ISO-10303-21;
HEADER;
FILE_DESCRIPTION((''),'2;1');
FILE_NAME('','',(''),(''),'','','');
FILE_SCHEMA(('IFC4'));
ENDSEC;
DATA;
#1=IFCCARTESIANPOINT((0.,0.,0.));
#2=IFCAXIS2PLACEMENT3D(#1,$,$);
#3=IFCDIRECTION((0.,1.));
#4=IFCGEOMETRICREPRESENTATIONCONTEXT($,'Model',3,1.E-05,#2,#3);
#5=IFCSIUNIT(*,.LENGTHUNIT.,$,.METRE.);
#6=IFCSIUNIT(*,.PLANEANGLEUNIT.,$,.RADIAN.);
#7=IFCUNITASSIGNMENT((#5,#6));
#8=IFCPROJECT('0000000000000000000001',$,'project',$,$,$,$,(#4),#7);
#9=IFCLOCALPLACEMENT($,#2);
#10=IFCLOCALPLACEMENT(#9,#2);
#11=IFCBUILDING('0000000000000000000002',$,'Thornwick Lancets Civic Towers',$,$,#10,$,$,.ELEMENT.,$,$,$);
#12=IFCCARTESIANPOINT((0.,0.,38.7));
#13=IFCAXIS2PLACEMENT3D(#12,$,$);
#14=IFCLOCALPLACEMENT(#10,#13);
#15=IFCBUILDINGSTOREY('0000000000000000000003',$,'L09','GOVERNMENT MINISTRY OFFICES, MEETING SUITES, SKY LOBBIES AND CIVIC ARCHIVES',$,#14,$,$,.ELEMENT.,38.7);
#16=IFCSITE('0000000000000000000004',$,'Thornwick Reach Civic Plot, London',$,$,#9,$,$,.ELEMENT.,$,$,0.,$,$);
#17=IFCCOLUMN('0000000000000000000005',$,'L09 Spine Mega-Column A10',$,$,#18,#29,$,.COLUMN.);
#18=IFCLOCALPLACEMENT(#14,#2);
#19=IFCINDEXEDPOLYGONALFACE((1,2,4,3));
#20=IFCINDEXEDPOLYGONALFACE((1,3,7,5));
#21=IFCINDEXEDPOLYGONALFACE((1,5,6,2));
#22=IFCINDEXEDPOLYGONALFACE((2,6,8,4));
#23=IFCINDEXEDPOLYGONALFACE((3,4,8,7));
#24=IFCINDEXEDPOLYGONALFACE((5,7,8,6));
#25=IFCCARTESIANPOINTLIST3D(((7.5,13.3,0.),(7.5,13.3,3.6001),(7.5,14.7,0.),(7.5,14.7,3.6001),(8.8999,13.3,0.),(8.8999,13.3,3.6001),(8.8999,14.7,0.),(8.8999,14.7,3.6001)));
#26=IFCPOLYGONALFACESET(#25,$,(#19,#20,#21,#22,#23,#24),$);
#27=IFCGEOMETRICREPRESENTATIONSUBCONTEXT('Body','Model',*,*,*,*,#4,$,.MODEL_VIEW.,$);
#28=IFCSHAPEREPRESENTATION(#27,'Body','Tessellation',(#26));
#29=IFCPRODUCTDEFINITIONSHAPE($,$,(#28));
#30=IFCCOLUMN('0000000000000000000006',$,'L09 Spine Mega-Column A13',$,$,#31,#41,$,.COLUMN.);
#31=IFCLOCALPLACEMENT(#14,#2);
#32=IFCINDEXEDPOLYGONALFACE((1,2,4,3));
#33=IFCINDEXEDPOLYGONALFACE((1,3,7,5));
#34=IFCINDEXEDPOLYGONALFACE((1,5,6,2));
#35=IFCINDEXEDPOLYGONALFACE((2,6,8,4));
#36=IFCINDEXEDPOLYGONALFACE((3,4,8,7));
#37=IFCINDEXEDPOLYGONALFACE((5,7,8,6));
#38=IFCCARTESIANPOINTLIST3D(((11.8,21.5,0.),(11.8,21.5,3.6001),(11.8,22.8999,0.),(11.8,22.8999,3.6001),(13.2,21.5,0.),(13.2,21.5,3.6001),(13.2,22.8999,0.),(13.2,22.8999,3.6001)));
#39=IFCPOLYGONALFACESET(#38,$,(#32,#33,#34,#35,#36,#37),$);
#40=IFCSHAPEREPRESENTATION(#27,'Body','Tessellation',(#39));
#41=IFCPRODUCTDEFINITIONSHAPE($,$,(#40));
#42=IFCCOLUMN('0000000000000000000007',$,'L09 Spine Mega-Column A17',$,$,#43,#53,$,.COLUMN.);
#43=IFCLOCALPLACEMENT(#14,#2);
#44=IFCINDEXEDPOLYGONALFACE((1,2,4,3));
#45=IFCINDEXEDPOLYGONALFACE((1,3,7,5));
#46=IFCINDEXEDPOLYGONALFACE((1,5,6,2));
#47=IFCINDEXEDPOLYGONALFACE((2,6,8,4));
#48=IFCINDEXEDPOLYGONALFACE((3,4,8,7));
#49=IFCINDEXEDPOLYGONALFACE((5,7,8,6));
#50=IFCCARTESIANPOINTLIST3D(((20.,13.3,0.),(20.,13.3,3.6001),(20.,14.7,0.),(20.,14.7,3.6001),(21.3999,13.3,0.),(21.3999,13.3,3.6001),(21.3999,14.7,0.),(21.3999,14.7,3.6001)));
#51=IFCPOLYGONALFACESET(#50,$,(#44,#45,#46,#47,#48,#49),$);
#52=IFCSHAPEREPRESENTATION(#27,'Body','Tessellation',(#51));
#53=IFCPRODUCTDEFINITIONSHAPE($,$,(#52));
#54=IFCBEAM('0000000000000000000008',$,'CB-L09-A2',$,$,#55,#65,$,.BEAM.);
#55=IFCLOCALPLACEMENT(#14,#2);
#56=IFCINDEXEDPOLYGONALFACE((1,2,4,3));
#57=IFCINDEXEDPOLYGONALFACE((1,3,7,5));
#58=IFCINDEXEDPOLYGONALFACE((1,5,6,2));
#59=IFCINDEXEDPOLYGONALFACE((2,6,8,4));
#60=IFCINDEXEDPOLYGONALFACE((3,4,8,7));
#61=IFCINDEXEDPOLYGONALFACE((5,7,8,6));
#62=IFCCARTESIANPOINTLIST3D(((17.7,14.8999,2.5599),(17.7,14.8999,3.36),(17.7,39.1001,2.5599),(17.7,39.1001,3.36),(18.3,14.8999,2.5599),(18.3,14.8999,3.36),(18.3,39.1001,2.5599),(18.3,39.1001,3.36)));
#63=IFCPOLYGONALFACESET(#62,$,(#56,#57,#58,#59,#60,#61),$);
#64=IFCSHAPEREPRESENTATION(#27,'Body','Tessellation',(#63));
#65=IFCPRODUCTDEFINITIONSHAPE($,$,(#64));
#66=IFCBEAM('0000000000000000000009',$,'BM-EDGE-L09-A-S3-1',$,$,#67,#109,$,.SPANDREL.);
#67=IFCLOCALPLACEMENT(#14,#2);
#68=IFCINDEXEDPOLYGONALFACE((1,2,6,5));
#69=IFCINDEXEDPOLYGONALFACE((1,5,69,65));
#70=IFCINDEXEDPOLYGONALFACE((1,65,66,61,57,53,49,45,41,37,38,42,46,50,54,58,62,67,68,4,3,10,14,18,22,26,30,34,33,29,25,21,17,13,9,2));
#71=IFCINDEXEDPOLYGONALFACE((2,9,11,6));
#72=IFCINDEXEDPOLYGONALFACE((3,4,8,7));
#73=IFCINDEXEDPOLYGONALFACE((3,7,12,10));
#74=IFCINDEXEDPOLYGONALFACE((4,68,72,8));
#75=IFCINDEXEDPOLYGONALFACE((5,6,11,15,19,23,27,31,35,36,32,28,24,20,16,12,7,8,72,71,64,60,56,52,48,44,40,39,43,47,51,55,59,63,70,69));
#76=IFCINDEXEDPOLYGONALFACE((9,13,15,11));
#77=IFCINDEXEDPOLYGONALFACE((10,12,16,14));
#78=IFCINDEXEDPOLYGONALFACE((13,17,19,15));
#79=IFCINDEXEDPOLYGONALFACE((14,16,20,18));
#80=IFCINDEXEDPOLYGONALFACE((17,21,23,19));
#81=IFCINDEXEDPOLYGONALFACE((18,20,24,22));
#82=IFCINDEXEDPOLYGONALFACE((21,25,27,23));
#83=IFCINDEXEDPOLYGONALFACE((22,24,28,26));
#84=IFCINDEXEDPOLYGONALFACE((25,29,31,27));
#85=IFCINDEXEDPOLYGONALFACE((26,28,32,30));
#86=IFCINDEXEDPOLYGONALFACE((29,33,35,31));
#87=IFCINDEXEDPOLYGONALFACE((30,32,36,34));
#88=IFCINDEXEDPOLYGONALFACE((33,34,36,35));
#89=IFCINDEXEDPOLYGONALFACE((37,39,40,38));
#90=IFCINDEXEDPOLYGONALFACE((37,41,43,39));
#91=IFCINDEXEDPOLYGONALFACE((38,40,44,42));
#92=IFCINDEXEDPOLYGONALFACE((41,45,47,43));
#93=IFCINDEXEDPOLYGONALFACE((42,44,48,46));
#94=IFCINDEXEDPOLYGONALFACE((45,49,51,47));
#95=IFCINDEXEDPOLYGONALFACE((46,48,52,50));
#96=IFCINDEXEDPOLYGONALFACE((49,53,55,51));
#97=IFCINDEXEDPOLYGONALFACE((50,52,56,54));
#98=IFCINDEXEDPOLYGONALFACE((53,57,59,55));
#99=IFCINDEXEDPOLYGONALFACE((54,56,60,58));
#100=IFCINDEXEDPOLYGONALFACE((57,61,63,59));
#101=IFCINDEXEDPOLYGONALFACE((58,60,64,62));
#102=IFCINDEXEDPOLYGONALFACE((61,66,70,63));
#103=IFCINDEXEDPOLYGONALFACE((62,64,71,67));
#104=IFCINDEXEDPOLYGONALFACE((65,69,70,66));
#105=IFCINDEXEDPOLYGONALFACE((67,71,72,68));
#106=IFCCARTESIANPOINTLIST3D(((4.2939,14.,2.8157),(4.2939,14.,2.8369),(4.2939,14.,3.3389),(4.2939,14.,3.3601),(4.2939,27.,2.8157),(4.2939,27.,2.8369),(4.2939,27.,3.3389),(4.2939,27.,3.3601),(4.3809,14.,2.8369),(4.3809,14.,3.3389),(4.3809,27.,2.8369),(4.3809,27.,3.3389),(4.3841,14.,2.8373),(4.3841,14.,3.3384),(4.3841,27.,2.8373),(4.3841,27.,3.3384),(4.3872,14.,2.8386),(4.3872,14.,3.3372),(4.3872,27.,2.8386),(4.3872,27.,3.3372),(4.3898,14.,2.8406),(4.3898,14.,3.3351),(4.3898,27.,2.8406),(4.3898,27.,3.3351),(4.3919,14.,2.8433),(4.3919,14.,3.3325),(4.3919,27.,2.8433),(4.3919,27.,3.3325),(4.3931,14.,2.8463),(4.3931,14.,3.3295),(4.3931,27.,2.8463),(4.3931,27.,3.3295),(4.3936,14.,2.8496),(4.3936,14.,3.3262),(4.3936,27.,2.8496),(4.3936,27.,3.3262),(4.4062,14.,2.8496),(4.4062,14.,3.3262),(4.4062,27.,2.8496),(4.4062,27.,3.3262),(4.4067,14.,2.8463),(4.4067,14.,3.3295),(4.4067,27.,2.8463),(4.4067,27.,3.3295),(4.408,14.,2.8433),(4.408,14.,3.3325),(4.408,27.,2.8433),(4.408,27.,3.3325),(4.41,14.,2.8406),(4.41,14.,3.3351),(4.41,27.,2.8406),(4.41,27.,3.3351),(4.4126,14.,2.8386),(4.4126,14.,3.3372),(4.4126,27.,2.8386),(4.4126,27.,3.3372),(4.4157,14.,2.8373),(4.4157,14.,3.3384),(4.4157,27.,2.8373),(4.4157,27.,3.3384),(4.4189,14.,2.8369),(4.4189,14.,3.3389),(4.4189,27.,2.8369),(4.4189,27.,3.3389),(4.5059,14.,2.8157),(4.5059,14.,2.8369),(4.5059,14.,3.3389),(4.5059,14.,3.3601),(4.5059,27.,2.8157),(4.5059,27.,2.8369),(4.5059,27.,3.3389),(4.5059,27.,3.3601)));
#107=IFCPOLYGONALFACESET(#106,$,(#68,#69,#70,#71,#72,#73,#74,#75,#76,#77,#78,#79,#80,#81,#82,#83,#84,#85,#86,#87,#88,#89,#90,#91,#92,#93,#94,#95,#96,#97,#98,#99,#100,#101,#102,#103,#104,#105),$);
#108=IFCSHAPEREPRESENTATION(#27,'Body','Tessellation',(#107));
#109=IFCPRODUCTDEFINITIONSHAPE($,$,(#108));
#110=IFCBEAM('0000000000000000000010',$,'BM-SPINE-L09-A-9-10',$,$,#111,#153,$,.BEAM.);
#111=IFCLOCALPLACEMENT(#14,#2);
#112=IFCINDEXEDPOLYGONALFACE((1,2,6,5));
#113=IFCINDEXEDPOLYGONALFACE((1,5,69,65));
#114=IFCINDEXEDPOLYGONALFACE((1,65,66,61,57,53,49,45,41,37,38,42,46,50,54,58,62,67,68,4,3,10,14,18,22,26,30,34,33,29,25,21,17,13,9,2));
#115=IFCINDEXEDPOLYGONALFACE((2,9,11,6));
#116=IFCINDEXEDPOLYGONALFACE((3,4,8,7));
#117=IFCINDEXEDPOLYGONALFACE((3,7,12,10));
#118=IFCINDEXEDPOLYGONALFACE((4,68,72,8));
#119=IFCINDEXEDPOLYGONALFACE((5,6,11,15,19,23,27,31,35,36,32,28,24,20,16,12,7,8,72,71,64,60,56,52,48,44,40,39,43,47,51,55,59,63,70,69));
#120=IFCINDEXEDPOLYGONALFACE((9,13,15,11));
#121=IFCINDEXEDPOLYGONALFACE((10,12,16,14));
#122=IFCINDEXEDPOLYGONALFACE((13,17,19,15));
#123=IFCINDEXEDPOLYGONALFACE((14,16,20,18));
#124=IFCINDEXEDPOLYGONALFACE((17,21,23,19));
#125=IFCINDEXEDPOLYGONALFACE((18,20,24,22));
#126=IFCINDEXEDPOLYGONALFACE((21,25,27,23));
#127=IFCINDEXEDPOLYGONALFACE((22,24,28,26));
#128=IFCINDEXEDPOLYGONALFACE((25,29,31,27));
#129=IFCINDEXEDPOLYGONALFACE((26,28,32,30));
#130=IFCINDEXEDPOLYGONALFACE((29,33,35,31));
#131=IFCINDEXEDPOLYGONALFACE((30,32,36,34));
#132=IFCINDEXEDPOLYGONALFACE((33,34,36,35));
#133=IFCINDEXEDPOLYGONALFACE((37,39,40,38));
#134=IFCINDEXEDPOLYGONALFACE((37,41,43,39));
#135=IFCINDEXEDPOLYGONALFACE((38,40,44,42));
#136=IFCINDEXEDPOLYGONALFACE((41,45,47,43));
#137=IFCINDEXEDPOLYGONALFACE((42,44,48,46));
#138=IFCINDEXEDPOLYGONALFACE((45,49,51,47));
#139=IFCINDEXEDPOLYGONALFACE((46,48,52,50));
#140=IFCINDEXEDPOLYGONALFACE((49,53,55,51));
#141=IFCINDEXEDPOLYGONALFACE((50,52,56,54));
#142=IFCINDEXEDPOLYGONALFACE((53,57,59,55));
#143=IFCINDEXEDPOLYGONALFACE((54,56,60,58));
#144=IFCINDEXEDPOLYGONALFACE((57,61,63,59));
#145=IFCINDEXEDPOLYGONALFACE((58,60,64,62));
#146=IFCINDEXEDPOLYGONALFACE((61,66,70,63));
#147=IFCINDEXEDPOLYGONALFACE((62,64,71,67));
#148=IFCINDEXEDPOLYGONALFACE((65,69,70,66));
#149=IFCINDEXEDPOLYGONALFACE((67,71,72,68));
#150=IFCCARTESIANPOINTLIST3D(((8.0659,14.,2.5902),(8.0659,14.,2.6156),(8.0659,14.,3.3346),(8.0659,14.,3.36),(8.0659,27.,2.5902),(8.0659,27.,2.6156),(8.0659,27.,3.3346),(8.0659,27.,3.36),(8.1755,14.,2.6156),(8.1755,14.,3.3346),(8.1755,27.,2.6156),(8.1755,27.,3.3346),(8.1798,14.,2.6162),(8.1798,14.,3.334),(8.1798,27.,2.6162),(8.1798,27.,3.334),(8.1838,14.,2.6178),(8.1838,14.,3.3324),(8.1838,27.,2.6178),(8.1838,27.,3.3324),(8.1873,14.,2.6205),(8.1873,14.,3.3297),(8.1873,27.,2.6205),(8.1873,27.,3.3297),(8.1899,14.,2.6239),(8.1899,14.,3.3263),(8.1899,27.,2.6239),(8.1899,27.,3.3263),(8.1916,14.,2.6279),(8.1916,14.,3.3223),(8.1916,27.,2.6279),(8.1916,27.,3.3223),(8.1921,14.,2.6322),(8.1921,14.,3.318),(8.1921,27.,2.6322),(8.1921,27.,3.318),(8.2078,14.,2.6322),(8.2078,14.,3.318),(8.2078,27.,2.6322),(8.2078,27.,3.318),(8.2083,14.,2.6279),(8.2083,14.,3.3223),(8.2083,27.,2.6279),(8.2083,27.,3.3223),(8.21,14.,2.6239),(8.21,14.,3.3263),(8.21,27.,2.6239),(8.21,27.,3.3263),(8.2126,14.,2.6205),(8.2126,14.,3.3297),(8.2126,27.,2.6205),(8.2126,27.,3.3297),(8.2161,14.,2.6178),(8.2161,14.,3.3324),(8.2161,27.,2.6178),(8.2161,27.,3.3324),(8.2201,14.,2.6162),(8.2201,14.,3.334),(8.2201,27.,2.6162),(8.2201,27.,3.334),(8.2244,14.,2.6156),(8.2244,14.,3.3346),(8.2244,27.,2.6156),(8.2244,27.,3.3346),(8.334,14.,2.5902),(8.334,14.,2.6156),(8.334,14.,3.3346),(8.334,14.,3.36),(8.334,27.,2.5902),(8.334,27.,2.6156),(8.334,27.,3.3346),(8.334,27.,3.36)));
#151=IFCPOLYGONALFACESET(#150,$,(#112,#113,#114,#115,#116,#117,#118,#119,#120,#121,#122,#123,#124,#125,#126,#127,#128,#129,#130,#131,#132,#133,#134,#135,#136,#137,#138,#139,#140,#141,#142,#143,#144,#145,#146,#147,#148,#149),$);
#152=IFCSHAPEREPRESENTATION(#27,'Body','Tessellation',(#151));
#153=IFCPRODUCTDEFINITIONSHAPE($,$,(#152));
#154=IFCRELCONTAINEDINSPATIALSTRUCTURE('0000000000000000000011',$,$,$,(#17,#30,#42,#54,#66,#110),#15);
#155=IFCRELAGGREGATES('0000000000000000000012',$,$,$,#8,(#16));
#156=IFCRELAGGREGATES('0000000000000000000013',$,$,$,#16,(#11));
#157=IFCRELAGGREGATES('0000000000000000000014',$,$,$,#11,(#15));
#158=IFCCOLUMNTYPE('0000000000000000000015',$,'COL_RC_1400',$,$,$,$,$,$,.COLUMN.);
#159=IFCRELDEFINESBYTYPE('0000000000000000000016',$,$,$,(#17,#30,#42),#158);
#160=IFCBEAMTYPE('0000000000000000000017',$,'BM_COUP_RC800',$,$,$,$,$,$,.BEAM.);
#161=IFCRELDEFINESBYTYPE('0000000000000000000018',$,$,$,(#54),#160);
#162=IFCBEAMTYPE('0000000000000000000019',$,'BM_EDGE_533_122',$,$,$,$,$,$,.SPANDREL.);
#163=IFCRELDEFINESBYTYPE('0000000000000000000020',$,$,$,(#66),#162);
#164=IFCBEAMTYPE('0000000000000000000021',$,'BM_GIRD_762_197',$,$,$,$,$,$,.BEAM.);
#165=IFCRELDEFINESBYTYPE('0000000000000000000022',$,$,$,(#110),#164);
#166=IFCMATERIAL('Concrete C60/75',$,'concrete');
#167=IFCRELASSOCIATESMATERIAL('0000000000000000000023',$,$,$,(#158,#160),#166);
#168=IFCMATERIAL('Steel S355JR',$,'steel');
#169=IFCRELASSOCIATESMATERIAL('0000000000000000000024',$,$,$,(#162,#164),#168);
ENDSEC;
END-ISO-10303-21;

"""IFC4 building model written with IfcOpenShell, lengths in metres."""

from ifc_helpers import new_model, si_unit, direction, frame, origin, origin_2d, place, context, subcontext, project, spatial, rectangle, i_section, extrude, material, material_profile, profile_set, type_object, element, save


model = new_model("IFC4")

# Units and contexts
model_context = context("Model", 3, precision=1e-05, world=origin(), true_north=direction((0.0, 1.0)))
body_context = subcontext(model_context, "Body", "Model", "MODEL_VIEW")
ifc_project = project(units=[si_unit("LENGTHUNIT", "METRE"), si_unit("PLANEANGLEUNIT", "RADIAN")], contexts=[model_context])

# Site, building, storey
site_placement = place(None, origin())
site = spatial("IfcSite", under=ifc_project, at=site_placement, Name="Thornwick Reach Civic Plot, London", CompositionType="ELEMENT", RefElevation=0.0)
building_placement = place(site_placement, origin())
building = spatial("IfcBuilding", under=site, at=building_placement, Name="Thornwick Lancets Civic Towers", CompositionType="ELEMENT")
storey_placement = place(building_placement, frame((0.0, 0.0, 38.7)))
storey = spatial("IfcBuildingStorey", under=building, at=storey_placement, Name="L09", Description="GOVERNMENT MINISTRY OFFICES, MEETING SUITES, SKY LOBBIES AND CIVIC ARCHIVES", CompositionType="ELEMENT", Elevation=38.7)

# Columns
ifc_material_1 = material(Name="Concrete C60/75", Category="concrete")
ifc_material_profile_1 = material_profile(ifc_material_1, rectangle(XDim=1.3999, YDim=1.3999, at=origin_2d()), Name="RC 1400x1400")
ifc_profile_set_1 = profile_set([ifc_material_profile_1], Name="Concrete C60/75")
column_type = type_object("IfcColumnType", Name="COL_RC_1400", PredefinedType="COLUMN", material=ifc_profile_set_1)
for number, where, z_axis, x_axis, name in (
    (1, (8.2, 14.0, 0.0), (0.0, 0.0, 1.0), (1.0, 0.0, 0.0), "L09 Spine Mega-Column A10"),
    (2, (12.5, 22.2, 0.0), (0.0, 0.0, 1.0), (1.0, 0.0, 0.0), "L09 Spine Mega-Column A13"),
    (3, (20.7, 14.0, 0.0), (0.0, 0.0, 1.0), (1.0, 0.0, 0.0), "L09 Spine Mega-Column A17"),
):
    element("IfcColumn", number, at=place(storey_placement, frame(where, z_axis=z_axis, x_axis=x_axis)), inside=storey, type_object=column_type, Name=name, PredefinedType="COLUMN", context=body_context, shape_type="SweptSolid", body=[
        extrude(rectangle(XDim=1.3999, YDim=1.3999, at=origin_2d()), origin(), (0.0, 0.0, 1.0), 3.6001),
    ])

# Beams
ifc_material_profile_2 = material_profile(ifc_material_1, rectangle(XDim=0.6001, YDim=0.8, at=origin_2d()), Name="RC 600x800")
ifc_profile_set_2 = profile_set([ifc_material_profile_2], Name="Concrete C60/75")
beam_type_1 = type_object("IfcBeamType", Name="BM_COUP_RC800", PredefinedType="BEAM", material=ifc_profile_set_2)
beam_1_placement = place(storey_placement, frame((18.0, 14.8999, 2.96), z_axis=(0.0, 1.0, 0.0), x_axis=(-1.0, 0.0, 0.0)))
element("IfcBeam", 4, at=beam_1_placement, inside=storey, type_object=beam_type_1, Name="CB-L09-A2", PredefinedType="BEAM", context=body_context, shape_type="SweptSolid", body=[
    extrude(rectangle(XDim=0.6001, YDim=0.8, at=origin_2d()), origin(), (0.0, 0.0, 1.0), 24.2002),
])
ifc_material_2 = material(Name="Steel S355JR", Category="steel")
ifc_material_profile_3 = material_profile(ifc_material_2, i_section(OverallWidth=0.2119, OverallDepth=0.5444, WebThickness=0.0127, FlangeThickness=0.0212, FilletRadius=0.0127, at=origin_2d()), Name="UKB 533x210x122")
ifc_profile_set_3 = profile_set([ifc_material_profile_3], Name="Steel S355JR")
beam_type_2 = type_object("IfcBeamType", Name="BM_EDGE_533_122", PredefinedType="SPANDREL", material=ifc_profile_set_3)
beam_2_placement = place(storey_placement, frame((4.3999, 14.0, 3.0879), z_axis=(0.0, 1.0, 0.0), x_axis=(-1.0, 0.0, 0.0)))
element("IfcBeam", 5, at=beam_2_placement, inside=storey, type_object=beam_type_2, Name="BM-EDGE-L09-A-S3-1", PredefinedType="SPANDREL", context=body_context, shape_type="SweptSolid", body=[
    extrude(i_section(OverallWidth=0.2119, OverallDepth=0.5444, WebThickness=0.0127, FlangeThickness=0.0212, FilletRadius=0.0127, at=origin_2d()), origin(), (0.0, 0.0, 1.0), 13.0),
])
ifc_material_profile_4 = material_profile(ifc_material_2, i_section(OverallWidth=0.2681, OverallDepth=0.7698, WebThickness=0.0156, FlangeThickness=0.0254, FilletRadius=0.0166, at=origin_2d()), Name="UKB 762x267x197")
ifc_profile_set_4 = profile_set([ifc_material_profile_4], Name="Steel S355JR")
beam_type_3 = type_object("IfcBeamType", Name="BM_GIRD_762_197", PredefinedType="BEAM", material=ifc_profile_set_4)
beam_3_placement = place(storey_placement, frame((8.2, 14.0, 2.9751), z_axis=(0.0, 1.0, 0.0), x_axis=(-1.0, 0.0, 0.0)))
element("IfcBeam", 6, at=beam_3_placement, inside=storey, type_object=beam_type_3, Name="BM-SPINE-L09-A-9-10", PredefinedType="BEAM", context=body_context, shape_type="SweptSolid", body=[
    extrude(i_section(OverallWidth=0.2681, OverallDepth=0.7698, WebThickness=0.0156, FlangeThickness=0.0254, FilletRadius=0.0166, at=origin_2d()), origin(), (0.0, 0.0, 1.0), 13.0),
])

save(model, "model.ifc")
